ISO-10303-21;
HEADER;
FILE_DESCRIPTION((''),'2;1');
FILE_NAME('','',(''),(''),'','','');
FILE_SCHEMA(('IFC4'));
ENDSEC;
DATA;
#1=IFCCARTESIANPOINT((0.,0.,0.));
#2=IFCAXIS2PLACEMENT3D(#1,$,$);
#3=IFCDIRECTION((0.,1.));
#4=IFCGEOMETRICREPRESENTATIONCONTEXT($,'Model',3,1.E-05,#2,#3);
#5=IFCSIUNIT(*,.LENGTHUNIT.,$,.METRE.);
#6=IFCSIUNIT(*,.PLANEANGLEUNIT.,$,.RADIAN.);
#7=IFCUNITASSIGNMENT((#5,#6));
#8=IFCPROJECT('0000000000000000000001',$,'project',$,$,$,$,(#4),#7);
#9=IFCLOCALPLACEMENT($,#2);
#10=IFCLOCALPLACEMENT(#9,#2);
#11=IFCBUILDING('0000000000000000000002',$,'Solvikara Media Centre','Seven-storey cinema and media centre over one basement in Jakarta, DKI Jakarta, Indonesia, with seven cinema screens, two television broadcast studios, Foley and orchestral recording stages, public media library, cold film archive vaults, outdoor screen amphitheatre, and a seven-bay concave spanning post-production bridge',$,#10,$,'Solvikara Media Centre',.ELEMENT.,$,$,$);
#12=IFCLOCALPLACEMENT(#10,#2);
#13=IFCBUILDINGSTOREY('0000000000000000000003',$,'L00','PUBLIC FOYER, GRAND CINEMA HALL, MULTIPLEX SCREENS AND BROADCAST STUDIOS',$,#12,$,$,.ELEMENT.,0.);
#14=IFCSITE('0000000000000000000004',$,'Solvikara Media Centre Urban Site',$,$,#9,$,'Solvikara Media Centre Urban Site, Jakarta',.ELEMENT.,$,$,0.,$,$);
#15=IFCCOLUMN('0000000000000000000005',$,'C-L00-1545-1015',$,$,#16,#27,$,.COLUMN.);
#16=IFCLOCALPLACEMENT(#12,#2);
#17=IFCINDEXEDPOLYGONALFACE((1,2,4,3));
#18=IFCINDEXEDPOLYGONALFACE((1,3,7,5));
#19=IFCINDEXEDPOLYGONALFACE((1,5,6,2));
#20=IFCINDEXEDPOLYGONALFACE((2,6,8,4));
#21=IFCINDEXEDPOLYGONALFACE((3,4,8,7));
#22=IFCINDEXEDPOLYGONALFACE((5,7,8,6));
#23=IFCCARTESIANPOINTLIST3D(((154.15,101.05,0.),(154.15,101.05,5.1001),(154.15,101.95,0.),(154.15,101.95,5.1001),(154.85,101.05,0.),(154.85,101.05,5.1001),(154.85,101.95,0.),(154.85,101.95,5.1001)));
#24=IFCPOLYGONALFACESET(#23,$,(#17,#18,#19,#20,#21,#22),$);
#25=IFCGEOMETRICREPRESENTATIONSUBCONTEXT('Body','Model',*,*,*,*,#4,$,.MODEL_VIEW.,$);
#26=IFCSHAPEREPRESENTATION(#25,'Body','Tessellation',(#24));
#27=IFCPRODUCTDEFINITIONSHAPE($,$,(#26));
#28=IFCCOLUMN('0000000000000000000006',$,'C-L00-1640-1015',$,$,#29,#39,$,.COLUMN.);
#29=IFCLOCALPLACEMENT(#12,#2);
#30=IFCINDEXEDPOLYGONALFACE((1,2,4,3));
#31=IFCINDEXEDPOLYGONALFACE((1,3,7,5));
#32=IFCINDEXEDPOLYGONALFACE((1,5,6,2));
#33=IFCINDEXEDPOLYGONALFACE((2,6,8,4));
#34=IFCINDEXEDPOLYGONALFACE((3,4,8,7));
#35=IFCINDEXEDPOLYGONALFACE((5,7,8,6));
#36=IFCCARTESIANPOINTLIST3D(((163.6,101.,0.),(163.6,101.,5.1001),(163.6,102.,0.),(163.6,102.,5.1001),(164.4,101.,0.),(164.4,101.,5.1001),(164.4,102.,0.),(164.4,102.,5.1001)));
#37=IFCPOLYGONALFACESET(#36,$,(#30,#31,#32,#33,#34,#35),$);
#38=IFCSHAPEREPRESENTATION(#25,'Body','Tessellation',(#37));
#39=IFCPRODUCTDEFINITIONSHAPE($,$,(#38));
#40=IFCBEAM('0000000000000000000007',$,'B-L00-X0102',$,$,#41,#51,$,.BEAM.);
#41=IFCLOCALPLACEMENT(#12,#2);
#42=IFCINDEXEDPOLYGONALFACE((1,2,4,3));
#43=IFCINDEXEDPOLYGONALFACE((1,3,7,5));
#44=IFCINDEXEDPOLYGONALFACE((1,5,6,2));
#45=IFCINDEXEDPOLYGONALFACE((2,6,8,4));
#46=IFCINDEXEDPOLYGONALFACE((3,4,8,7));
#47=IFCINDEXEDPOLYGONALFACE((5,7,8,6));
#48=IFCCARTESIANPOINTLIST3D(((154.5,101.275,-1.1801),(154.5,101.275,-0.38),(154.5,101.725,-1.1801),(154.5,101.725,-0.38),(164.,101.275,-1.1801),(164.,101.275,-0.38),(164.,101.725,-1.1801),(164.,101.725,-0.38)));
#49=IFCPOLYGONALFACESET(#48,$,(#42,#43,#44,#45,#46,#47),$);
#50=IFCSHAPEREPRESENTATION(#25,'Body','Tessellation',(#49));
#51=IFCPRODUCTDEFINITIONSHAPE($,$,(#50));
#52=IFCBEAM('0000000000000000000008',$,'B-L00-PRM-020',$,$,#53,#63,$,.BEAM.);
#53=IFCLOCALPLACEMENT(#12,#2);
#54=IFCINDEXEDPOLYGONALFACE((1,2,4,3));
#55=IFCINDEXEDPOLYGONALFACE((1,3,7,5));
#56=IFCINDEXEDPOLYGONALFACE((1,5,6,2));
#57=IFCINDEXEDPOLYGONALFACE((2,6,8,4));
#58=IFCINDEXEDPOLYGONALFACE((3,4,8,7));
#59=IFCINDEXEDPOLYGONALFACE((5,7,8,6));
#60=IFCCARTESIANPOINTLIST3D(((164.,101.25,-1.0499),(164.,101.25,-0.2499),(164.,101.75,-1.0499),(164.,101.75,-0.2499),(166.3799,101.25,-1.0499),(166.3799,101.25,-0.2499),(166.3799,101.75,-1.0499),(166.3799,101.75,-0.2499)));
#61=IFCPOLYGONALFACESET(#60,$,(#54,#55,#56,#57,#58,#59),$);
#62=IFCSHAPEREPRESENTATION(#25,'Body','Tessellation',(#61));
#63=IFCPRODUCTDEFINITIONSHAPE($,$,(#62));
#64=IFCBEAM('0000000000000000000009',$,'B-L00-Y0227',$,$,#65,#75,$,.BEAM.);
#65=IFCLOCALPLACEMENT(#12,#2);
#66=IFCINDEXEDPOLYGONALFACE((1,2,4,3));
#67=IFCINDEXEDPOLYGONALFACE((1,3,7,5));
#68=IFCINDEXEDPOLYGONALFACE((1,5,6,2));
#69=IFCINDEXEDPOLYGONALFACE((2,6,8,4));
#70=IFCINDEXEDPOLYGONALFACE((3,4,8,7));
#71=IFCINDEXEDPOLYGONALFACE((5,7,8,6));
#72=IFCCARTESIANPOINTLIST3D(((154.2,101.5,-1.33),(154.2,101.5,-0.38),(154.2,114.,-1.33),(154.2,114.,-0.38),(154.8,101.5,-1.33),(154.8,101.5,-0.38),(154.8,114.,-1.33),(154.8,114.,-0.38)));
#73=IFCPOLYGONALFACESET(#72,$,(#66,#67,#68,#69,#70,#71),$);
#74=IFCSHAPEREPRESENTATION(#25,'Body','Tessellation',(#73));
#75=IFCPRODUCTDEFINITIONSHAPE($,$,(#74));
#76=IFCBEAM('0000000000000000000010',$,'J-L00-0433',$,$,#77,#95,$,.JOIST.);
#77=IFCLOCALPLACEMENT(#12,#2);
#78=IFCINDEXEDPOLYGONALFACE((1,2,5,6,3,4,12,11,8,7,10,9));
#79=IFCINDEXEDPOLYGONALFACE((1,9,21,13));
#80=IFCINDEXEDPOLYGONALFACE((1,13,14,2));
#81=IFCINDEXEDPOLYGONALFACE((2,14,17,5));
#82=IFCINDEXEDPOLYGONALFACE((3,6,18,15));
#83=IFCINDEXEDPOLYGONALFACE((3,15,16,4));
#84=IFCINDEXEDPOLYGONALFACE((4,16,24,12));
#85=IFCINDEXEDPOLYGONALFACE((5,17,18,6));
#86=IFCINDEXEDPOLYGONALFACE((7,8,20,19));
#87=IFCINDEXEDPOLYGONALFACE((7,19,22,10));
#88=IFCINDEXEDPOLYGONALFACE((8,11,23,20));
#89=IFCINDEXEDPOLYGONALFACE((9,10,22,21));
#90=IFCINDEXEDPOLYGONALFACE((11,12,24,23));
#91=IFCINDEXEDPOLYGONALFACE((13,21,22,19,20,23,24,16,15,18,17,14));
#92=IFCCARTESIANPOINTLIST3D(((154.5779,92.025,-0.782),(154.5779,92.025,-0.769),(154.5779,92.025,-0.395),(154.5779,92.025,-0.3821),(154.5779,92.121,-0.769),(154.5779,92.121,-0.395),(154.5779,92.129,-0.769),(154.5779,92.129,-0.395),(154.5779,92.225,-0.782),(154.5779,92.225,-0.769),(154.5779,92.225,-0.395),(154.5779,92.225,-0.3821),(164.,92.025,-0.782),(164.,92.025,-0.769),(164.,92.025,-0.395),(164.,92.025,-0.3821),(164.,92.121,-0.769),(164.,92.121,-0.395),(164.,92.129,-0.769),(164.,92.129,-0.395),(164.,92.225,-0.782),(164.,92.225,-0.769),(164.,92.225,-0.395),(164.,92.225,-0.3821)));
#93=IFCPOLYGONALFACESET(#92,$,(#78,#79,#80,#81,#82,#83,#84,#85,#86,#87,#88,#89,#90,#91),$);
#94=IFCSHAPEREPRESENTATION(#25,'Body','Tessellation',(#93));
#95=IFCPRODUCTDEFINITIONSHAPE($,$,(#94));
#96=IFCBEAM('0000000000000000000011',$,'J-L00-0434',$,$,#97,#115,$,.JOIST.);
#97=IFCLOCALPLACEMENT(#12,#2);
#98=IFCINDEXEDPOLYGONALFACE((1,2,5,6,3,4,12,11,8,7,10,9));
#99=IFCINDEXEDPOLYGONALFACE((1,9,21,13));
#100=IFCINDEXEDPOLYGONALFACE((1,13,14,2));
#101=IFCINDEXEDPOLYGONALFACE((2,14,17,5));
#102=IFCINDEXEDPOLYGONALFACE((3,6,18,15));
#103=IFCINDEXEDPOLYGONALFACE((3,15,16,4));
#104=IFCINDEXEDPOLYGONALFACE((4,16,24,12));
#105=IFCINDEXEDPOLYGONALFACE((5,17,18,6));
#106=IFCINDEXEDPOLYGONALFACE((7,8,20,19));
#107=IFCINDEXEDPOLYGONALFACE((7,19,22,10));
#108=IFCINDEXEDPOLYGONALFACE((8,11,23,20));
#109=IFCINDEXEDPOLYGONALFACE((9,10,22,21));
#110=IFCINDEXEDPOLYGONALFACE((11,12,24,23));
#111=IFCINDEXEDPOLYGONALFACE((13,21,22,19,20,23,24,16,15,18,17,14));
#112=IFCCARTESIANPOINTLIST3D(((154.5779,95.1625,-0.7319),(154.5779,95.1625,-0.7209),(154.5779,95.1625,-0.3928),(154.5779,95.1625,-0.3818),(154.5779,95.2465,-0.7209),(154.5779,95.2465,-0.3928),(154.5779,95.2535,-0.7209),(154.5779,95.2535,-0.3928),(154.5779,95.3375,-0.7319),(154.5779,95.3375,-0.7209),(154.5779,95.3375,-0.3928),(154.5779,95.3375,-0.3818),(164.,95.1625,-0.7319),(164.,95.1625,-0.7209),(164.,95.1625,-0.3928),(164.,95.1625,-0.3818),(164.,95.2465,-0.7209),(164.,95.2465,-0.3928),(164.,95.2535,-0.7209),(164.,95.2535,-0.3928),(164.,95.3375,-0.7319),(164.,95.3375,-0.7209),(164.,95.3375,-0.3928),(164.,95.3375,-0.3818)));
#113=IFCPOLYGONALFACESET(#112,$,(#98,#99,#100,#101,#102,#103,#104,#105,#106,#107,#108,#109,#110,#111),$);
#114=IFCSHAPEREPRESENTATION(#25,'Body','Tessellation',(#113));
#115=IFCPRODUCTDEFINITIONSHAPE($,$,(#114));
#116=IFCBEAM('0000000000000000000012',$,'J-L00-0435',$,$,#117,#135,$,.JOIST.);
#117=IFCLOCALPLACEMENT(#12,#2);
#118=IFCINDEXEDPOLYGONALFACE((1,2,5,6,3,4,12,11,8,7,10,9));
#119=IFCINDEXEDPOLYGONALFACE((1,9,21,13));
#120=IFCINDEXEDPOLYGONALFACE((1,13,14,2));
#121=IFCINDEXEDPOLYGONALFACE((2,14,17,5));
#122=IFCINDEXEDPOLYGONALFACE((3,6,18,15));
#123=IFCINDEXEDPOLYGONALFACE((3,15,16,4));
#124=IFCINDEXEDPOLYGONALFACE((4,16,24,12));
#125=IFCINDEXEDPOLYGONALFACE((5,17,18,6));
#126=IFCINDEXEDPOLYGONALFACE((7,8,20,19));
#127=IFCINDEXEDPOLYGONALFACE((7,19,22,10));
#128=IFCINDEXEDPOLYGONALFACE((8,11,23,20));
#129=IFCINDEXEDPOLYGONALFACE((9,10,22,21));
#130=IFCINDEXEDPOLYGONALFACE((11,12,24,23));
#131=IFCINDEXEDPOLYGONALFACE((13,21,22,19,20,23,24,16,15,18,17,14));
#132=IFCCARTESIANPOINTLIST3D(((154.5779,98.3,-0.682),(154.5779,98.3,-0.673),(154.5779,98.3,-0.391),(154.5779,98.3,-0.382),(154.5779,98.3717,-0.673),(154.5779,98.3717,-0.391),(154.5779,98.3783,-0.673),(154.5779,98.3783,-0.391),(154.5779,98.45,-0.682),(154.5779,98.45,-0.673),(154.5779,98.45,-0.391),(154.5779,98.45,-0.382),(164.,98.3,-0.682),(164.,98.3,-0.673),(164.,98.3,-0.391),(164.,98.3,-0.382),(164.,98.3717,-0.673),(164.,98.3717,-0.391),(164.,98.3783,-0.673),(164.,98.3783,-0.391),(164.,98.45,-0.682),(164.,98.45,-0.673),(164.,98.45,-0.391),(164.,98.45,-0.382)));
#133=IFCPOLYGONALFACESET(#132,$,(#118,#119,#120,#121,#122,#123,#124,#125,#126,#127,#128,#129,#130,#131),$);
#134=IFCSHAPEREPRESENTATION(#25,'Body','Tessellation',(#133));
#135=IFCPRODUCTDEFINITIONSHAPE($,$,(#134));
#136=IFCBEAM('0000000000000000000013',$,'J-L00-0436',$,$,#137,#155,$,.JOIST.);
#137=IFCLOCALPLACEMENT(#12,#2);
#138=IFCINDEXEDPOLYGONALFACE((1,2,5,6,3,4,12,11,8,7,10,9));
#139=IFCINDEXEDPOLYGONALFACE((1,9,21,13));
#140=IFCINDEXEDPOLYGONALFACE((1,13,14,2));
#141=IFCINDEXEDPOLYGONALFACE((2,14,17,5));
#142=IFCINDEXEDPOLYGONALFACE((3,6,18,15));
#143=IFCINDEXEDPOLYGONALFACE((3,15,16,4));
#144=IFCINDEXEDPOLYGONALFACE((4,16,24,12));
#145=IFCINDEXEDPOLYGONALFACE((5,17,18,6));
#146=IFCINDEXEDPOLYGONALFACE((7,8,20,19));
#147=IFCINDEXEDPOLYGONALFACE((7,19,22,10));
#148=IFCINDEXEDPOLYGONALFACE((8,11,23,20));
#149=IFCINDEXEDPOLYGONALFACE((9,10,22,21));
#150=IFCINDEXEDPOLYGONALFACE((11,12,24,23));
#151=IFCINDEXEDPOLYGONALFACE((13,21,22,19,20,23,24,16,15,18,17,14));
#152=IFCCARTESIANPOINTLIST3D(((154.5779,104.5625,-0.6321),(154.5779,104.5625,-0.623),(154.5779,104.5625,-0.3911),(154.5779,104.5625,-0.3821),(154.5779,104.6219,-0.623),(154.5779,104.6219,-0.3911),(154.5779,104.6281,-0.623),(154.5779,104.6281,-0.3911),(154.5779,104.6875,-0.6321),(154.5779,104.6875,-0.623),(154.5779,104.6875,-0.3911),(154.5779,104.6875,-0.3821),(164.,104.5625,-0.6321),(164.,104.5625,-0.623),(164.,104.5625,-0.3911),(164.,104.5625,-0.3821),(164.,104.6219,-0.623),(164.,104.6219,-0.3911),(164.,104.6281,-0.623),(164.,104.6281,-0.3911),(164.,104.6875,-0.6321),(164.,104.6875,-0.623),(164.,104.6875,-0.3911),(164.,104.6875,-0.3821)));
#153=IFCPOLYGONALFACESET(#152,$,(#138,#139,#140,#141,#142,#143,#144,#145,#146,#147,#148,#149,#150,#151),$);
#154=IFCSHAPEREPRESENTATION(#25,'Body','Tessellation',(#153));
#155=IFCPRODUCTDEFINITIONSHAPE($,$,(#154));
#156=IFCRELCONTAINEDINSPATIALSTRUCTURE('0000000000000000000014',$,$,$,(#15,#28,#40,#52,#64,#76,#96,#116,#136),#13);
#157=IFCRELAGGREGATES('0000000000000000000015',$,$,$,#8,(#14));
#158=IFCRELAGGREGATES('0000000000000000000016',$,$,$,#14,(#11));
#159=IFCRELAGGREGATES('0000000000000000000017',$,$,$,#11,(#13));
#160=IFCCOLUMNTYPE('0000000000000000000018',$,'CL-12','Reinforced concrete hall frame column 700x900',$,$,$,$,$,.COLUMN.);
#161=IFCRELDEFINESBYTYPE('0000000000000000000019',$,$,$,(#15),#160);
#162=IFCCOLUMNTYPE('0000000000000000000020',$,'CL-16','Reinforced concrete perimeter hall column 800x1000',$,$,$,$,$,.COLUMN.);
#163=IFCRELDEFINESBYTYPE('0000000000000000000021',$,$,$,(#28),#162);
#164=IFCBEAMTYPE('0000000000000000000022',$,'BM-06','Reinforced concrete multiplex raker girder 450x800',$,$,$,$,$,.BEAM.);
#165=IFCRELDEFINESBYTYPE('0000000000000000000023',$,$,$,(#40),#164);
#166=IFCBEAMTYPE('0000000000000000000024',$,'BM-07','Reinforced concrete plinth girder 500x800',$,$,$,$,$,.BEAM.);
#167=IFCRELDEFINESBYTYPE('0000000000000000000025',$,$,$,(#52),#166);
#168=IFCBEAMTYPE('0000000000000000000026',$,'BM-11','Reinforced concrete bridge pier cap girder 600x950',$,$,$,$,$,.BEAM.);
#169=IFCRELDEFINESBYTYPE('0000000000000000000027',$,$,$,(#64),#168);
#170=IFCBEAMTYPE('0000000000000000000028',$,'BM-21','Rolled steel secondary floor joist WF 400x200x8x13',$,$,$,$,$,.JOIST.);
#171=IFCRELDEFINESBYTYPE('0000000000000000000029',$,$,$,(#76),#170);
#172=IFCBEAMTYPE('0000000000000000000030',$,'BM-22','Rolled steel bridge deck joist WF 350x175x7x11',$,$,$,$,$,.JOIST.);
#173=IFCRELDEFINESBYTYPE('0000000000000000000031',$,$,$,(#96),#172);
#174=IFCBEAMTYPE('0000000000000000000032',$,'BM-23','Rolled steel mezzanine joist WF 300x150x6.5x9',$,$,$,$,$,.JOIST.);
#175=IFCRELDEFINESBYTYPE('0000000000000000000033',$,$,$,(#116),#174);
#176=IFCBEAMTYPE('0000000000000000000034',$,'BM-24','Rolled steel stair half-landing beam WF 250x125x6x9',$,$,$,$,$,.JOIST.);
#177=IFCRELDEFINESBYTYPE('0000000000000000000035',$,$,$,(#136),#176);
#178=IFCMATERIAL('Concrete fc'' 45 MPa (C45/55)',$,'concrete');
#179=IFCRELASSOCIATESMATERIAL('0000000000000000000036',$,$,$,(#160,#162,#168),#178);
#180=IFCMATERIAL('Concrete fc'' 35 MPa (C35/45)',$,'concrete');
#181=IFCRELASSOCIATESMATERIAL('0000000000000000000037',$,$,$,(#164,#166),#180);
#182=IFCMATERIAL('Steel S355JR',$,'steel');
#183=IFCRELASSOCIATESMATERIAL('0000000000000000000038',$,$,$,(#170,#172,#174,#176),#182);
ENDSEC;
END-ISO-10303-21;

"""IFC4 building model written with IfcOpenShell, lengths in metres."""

from ifc_helpers import new_model, si_unit, direction, frame, origin, origin_2d, place, context, subcontext, project, spatial, rectangle, i_section, extrude, material, material_profile, profile_set, type_object, element, save


model = new_model("IFC4")

# Units and contexts
model_context = context("Model", 3, precision=1e-05, world=origin(), true_north=direction((0.0, 1.0)))
body_context = subcontext(model_context, "Body", "Model", "MODEL_VIEW")
ifc_project = project(units=[si_unit("LENGTHUNIT", "METRE"), si_unit("PLANEANGLEUNIT", "RADIAN")], contexts=[model_context])

# Site, building, storey
site_placement = place(None, origin())
site = spatial("IfcSite", under=ifc_project, at=site_placement, Name="Solvikara Media Centre Urban Site", LongName="Solvikara Media Centre Urban Site, Jakarta", CompositionType="ELEMENT", RefElevation=0.0)
building_placement = place(site_placement, origin())
building = spatial("IfcBuilding", under=site, at=building_placement, Name="Solvikara Media Centre", Description="Seven-storey cinema and media centre over one basement in Jakarta, DKI Jakarta, Indonesia, with seven cinema screens, two television broadcast studios, Foley and orchestral recording stages, public media library, cold film archive vaults, outdoor screen amphitheatre, and a seven-bay concave spanning post-production bridge", LongName="Solvikara Media Centre", CompositionType="ELEMENT")
storey_placement = place(building_placement, origin())
storey = spatial("IfcBuildingStorey", under=building, at=storey_placement, Name="L00", Description="PUBLIC FOYER, GRAND CINEMA HALL, MULTIPLEX SCREENS AND BROADCAST STUDIOS", CompositionType="ELEMENT", Elevation=0.0)

# Columns
ifc_material_1 = material(Name="Concrete fc' 45 MPa (C45/55)", Category="concrete")
ifc_material_profile_1 = material_profile(ifc_material_1, rectangle(XDim=0.7, YDim=0.8999, at=origin_2d()), Name="RC 700x900")
ifc_profile_set_1 = profile_set([ifc_material_profile_1], Name="Concrete fc' 45 MPa (C45/55)")
column_type_1 = type_object("IfcColumnType", Name="CL-12", Description="Reinforced concrete hall frame column 700x900", PredefinedType="COLUMN", material=ifc_profile_set_1)
column_1_placement = place(storey_placement, frame((154.5, 101.5, 0.0), z_axis=(0.0, 0.0, 1.0), x_axis=(1.0, 0.0, 0.0)))
element("IfcColumn", 1, at=column_1_placement, inside=storey, type_object=column_type_1, Name="C-L00-1545-1015", PredefinedType="COLUMN", context=body_context, shape_type="SweptSolid", body=[
    extrude(rectangle(XDim=0.7, YDim=0.8999, at=origin_2d()), origin(), (0.0, 0.0, 1.0), 5.1001),
])
ifc_material_profile_2 = material_profile(ifc_material_1, rectangle(XDim=0.8, YDim=1.0, at=origin_2d()), Name="RC 800x1000")
ifc_profile_set_2 = profile_set([ifc_material_profile_2], Name="Concrete fc' 45 MPa (C45/55)")
column_type_2 = type_object("IfcColumnType", Name="CL-16", Description="Reinforced concrete perimeter hall column 800x1000", PredefinedType="COLUMN", material=ifc_profile_set_2)
column_2_placement = place(storey_placement, frame((164.0, 101.5, 0.0), z_axis=(0.0, 0.0, 1.0), x_axis=(1.0, 0.0, 0.0)))
element("IfcColumn", 2, at=column_2_placement, inside=storey, type_object=column_type_2, Name="C-L00-1640-1015", PredefinedType="COLUMN", context=body_context, shape_type="SweptSolid", body=[
    extrude(rectangle(XDim=0.8, YDim=1.0, at=origin_2d()), origin(), (0.0, 0.0, 1.0), 5.1001),
])

# Beams
ifc_material_2 = material(Name="Concrete fc' 35 MPa (C35/45)", Category="concrete")
ifc_material_profile_3 = material_profile(ifc_material_2, rectangle(XDim=0.45, YDim=0.8, at=origin_2d()), Name="RC 450x800")
ifc_profile_set_3 = profile_set([ifc_material_profile_3], Name="Concrete fc' 35 MPa (C35/45)")
beam_type_1 = type_object("IfcBeamType", Name="BM-06", Description="Reinforced concrete multiplex raker girder 450x800", PredefinedType="BEAM", material=ifc_profile_set_3)
beam_1_placement = place(storey_placement, frame((154.5, 101.5, -0.78), z_axis=(1.0, 0.0, 0.0), x_axis=(0.0, 1.0, 0.0)))
element("IfcBeam", 3, at=beam_1_placement, inside=storey, type_object=beam_type_1, Name="B-L00-X0102", PredefinedType="BEAM", context=body_context, shape_type="SweptSolid", body=[
    extrude(rectangle(XDim=0.45, YDim=0.8, at=origin_2d()), origin(), (0.0, 0.0, 1.0), 9.5),
])
ifc_material_profile_4 = material_profile(ifc_material_2, rectangle(XDim=0.5, YDim=0.8, at=origin_2d()), Name="RC 500x800")
ifc_profile_set_4 = profile_set([ifc_material_profile_4], Name="Concrete fc' 35 MPa (C35/45)")
beam_type_2 = type_object("IfcBeamType", Name="BM-07", Description="Reinforced concrete plinth girder 500x800", PredefinedType="BEAM", material=ifc_profile_set_4)
beam_2_placement = place(storey_placement, frame((164.0, 101.5, -0.6499), z_axis=(1.0, 0.0, 0.0), x_axis=(0.0, 1.0, 0.0)))
element("IfcBeam", 4, at=beam_2_placement, inside=storey, type_object=beam_type_2, Name="B-L00-PRM-020", PredefinedType="BEAM", context=body_context, shape_type="SweptSolid", body=[
    extrude(rectangle(XDim=0.5, YDim=0.8, at=origin_2d()), origin(), (0.0, 0.0, 1.0), 2.3799),
])
ifc_material_profile_5 = material_profile(ifc_material_1, rectangle(XDim=0.6001, YDim=0.95, at=origin_2d()), Name="RC 600x950")
ifc_profile_set_5 = profile_set([ifc_material_profile_5], Name="Concrete fc' 45 MPa (C45/55)")
beam_type_3 = type_object("IfcBeamType", Name="BM-11", Description="Reinforced concrete bridge pier cap girder 600x950", PredefinedType="BEAM", material=ifc_profile_set_5)
beam_3_placement = place(storey_placement, frame((154.5, 101.5, -0.855), z_axis=(0.0, 1.0, 0.0), x_axis=(-1.0, 0.0, 0.0)))
element("IfcBeam", 5, at=beam_3_placement, inside=storey, type_object=beam_type_3, Name="B-L00-Y0227", PredefinedType="BEAM", context=body_context, shape_type="SweptSolid", body=[
    extrude(rectangle(XDim=0.6001, YDim=0.95, at=origin_2d()), origin(), (0.0, 0.0, 1.0), 12.5),
])
ifc_material_3 = material(Name="Steel S355JR", Category="steel")
ifc_material_profile_6 = material_profile(ifc_material_3, i_section(OverallWidth=0.2, OverallDepth=0.3999, WebThickness=0.0081, FlangeThickness=0.0129, at=origin_2d()), Name="WF 400x200x8x13")
ifc_profile_set_6 = profile_set([ifc_material_profile_6], Name="Steel S355JR")
beam_type_4 = type_object("IfcBeamType", Name="BM-21", Description="Rolled steel secondary floor joist WF 400x200x8x13", PredefinedType="JOIST", material=ifc_profile_set_6)
beam_4_placement = place(storey_placement, frame((154.5779, 92.125, -0.582), z_axis=(1.0, 0.0, 0.0), x_axis=(0.0, 1.0, 0.0)))
element("IfcBeam", 6, at=beam_4_placement, inside=storey, type_object=beam_type_4, Name="J-L00-0433", PredefinedType="JOIST", context=body_context, shape_type="SweptSolid", body=[
    extrude(i_section(OverallWidth=0.2, OverallDepth=0.3999, WebThickness=0.0081, FlangeThickness=0.0129, at=origin_2d()), origin(), (0.0, 0.0, 1.0), 9.4221),
])
ifc_material_profile_7 = material_profile(ifc_material_3, i_section(OverallWidth=0.175, OverallDepth=0.3501, WebThickness=0.0071, FlangeThickness=0.011, at=origin_2d()), Name="WF 350x175x7x11")
ifc_profile_set_7 = profile_set([ifc_material_profile_7], Name="Steel S355JR")
beam_type_5 = type_object("IfcBeamType", Name="BM-22", Description="Rolled steel bridge deck joist WF 350x175x7x11", PredefinedType="JOIST", material=ifc_profile_set_7)
beam_5_placement = place(storey_placement, frame((154.5779, 95.25, -0.5569), z_axis=(1.0, 0.0, 0.0), x_axis=(0.0, 1.0, 0.0)))
element("IfcBeam", 7, at=beam_5_placement, inside=storey, type_object=beam_type_5, Name="J-L00-0434", PredefinedType="JOIST", context=body_context, shape_type="SweptSolid", body=[
    extrude(i_section(OverallWidth=0.175, OverallDepth=0.3501, WebThickness=0.0071, FlangeThickness=0.011, at=origin_2d()), origin(), (0.0, 0.0, 1.0), 9.4221),
])
ifc_material_profile_8 = material_profile(ifc_material_3, i_section(OverallWidth=0.1499, OverallDepth=0.3, WebThickness=0.0066, FlangeThickness=0.009, at=origin_2d()), Name="WF 300x150x6.5x9")
ifc_profile_set_8 = profile_set([ifc_material_profile_8], Name="Steel S355JR")
beam_type_6 = type_object("IfcBeamType", Name="BM-23", Description="Rolled steel mezzanine joist WF 300x150x6.5x9", PredefinedType="JOIST", material=ifc_profile_set_8)
beam_6_placement = place(storey_placement, frame((154.5779, 98.375, -0.532), z_axis=(1.0, 0.0, 0.0), x_axis=(0.0, 1.0, 0.0)))
element("IfcBeam", 8, at=beam_6_placement, inside=storey, type_object=beam_type_6, Name="J-L00-0435", PredefinedType="JOIST", context=body_context, shape_type="SweptSolid", body=[
    extrude(i_section(OverallWidth=0.1499, OverallDepth=0.3, WebThickness=0.0066, FlangeThickness=0.009, at=origin_2d()), origin(), (0.0, 0.0, 1.0), 9.4221),
])
ifc_material_profile_9 = material_profile(ifc_material_3, i_section(OverallWidth=0.125, OverallDepth=0.25, WebThickness=0.0061, FlangeThickness=0.009, at=origin_2d()), Name="WF 250x125x6x9")
ifc_profile_set_9 = profile_set([ifc_material_profile_9], Name="Steel S355JR")
beam_type_7 = type_object("IfcBeamType", Name="BM-24", Description="Rolled steel stair half-landing beam WF 250x125x6x9", PredefinedType="JOIST", material=ifc_profile_set_9)
beam_7_placement = place(storey_placement, frame((154.5779, 104.625, -0.5071), z_axis=(1.0, 0.0, 0.0), x_axis=(0.0, 1.0, 0.0)))
element("IfcBeam", 9, at=beam_7_placement, inside=storey, type_object=beam_type_7, Name="J-L00-0436", PredefinedType="JOIST", context=body_context, shape_type="SweptSolid", body=[
    extrude(i_section(OverallWidth=0.125, OverallDepth=0.25, WebThickness=0.0061, FlangeThickness=0.009, at=origin_2d()), origin(), (0.0, 0.0, 1.0), 9.4221),
])

save(model, "model.ifc")
